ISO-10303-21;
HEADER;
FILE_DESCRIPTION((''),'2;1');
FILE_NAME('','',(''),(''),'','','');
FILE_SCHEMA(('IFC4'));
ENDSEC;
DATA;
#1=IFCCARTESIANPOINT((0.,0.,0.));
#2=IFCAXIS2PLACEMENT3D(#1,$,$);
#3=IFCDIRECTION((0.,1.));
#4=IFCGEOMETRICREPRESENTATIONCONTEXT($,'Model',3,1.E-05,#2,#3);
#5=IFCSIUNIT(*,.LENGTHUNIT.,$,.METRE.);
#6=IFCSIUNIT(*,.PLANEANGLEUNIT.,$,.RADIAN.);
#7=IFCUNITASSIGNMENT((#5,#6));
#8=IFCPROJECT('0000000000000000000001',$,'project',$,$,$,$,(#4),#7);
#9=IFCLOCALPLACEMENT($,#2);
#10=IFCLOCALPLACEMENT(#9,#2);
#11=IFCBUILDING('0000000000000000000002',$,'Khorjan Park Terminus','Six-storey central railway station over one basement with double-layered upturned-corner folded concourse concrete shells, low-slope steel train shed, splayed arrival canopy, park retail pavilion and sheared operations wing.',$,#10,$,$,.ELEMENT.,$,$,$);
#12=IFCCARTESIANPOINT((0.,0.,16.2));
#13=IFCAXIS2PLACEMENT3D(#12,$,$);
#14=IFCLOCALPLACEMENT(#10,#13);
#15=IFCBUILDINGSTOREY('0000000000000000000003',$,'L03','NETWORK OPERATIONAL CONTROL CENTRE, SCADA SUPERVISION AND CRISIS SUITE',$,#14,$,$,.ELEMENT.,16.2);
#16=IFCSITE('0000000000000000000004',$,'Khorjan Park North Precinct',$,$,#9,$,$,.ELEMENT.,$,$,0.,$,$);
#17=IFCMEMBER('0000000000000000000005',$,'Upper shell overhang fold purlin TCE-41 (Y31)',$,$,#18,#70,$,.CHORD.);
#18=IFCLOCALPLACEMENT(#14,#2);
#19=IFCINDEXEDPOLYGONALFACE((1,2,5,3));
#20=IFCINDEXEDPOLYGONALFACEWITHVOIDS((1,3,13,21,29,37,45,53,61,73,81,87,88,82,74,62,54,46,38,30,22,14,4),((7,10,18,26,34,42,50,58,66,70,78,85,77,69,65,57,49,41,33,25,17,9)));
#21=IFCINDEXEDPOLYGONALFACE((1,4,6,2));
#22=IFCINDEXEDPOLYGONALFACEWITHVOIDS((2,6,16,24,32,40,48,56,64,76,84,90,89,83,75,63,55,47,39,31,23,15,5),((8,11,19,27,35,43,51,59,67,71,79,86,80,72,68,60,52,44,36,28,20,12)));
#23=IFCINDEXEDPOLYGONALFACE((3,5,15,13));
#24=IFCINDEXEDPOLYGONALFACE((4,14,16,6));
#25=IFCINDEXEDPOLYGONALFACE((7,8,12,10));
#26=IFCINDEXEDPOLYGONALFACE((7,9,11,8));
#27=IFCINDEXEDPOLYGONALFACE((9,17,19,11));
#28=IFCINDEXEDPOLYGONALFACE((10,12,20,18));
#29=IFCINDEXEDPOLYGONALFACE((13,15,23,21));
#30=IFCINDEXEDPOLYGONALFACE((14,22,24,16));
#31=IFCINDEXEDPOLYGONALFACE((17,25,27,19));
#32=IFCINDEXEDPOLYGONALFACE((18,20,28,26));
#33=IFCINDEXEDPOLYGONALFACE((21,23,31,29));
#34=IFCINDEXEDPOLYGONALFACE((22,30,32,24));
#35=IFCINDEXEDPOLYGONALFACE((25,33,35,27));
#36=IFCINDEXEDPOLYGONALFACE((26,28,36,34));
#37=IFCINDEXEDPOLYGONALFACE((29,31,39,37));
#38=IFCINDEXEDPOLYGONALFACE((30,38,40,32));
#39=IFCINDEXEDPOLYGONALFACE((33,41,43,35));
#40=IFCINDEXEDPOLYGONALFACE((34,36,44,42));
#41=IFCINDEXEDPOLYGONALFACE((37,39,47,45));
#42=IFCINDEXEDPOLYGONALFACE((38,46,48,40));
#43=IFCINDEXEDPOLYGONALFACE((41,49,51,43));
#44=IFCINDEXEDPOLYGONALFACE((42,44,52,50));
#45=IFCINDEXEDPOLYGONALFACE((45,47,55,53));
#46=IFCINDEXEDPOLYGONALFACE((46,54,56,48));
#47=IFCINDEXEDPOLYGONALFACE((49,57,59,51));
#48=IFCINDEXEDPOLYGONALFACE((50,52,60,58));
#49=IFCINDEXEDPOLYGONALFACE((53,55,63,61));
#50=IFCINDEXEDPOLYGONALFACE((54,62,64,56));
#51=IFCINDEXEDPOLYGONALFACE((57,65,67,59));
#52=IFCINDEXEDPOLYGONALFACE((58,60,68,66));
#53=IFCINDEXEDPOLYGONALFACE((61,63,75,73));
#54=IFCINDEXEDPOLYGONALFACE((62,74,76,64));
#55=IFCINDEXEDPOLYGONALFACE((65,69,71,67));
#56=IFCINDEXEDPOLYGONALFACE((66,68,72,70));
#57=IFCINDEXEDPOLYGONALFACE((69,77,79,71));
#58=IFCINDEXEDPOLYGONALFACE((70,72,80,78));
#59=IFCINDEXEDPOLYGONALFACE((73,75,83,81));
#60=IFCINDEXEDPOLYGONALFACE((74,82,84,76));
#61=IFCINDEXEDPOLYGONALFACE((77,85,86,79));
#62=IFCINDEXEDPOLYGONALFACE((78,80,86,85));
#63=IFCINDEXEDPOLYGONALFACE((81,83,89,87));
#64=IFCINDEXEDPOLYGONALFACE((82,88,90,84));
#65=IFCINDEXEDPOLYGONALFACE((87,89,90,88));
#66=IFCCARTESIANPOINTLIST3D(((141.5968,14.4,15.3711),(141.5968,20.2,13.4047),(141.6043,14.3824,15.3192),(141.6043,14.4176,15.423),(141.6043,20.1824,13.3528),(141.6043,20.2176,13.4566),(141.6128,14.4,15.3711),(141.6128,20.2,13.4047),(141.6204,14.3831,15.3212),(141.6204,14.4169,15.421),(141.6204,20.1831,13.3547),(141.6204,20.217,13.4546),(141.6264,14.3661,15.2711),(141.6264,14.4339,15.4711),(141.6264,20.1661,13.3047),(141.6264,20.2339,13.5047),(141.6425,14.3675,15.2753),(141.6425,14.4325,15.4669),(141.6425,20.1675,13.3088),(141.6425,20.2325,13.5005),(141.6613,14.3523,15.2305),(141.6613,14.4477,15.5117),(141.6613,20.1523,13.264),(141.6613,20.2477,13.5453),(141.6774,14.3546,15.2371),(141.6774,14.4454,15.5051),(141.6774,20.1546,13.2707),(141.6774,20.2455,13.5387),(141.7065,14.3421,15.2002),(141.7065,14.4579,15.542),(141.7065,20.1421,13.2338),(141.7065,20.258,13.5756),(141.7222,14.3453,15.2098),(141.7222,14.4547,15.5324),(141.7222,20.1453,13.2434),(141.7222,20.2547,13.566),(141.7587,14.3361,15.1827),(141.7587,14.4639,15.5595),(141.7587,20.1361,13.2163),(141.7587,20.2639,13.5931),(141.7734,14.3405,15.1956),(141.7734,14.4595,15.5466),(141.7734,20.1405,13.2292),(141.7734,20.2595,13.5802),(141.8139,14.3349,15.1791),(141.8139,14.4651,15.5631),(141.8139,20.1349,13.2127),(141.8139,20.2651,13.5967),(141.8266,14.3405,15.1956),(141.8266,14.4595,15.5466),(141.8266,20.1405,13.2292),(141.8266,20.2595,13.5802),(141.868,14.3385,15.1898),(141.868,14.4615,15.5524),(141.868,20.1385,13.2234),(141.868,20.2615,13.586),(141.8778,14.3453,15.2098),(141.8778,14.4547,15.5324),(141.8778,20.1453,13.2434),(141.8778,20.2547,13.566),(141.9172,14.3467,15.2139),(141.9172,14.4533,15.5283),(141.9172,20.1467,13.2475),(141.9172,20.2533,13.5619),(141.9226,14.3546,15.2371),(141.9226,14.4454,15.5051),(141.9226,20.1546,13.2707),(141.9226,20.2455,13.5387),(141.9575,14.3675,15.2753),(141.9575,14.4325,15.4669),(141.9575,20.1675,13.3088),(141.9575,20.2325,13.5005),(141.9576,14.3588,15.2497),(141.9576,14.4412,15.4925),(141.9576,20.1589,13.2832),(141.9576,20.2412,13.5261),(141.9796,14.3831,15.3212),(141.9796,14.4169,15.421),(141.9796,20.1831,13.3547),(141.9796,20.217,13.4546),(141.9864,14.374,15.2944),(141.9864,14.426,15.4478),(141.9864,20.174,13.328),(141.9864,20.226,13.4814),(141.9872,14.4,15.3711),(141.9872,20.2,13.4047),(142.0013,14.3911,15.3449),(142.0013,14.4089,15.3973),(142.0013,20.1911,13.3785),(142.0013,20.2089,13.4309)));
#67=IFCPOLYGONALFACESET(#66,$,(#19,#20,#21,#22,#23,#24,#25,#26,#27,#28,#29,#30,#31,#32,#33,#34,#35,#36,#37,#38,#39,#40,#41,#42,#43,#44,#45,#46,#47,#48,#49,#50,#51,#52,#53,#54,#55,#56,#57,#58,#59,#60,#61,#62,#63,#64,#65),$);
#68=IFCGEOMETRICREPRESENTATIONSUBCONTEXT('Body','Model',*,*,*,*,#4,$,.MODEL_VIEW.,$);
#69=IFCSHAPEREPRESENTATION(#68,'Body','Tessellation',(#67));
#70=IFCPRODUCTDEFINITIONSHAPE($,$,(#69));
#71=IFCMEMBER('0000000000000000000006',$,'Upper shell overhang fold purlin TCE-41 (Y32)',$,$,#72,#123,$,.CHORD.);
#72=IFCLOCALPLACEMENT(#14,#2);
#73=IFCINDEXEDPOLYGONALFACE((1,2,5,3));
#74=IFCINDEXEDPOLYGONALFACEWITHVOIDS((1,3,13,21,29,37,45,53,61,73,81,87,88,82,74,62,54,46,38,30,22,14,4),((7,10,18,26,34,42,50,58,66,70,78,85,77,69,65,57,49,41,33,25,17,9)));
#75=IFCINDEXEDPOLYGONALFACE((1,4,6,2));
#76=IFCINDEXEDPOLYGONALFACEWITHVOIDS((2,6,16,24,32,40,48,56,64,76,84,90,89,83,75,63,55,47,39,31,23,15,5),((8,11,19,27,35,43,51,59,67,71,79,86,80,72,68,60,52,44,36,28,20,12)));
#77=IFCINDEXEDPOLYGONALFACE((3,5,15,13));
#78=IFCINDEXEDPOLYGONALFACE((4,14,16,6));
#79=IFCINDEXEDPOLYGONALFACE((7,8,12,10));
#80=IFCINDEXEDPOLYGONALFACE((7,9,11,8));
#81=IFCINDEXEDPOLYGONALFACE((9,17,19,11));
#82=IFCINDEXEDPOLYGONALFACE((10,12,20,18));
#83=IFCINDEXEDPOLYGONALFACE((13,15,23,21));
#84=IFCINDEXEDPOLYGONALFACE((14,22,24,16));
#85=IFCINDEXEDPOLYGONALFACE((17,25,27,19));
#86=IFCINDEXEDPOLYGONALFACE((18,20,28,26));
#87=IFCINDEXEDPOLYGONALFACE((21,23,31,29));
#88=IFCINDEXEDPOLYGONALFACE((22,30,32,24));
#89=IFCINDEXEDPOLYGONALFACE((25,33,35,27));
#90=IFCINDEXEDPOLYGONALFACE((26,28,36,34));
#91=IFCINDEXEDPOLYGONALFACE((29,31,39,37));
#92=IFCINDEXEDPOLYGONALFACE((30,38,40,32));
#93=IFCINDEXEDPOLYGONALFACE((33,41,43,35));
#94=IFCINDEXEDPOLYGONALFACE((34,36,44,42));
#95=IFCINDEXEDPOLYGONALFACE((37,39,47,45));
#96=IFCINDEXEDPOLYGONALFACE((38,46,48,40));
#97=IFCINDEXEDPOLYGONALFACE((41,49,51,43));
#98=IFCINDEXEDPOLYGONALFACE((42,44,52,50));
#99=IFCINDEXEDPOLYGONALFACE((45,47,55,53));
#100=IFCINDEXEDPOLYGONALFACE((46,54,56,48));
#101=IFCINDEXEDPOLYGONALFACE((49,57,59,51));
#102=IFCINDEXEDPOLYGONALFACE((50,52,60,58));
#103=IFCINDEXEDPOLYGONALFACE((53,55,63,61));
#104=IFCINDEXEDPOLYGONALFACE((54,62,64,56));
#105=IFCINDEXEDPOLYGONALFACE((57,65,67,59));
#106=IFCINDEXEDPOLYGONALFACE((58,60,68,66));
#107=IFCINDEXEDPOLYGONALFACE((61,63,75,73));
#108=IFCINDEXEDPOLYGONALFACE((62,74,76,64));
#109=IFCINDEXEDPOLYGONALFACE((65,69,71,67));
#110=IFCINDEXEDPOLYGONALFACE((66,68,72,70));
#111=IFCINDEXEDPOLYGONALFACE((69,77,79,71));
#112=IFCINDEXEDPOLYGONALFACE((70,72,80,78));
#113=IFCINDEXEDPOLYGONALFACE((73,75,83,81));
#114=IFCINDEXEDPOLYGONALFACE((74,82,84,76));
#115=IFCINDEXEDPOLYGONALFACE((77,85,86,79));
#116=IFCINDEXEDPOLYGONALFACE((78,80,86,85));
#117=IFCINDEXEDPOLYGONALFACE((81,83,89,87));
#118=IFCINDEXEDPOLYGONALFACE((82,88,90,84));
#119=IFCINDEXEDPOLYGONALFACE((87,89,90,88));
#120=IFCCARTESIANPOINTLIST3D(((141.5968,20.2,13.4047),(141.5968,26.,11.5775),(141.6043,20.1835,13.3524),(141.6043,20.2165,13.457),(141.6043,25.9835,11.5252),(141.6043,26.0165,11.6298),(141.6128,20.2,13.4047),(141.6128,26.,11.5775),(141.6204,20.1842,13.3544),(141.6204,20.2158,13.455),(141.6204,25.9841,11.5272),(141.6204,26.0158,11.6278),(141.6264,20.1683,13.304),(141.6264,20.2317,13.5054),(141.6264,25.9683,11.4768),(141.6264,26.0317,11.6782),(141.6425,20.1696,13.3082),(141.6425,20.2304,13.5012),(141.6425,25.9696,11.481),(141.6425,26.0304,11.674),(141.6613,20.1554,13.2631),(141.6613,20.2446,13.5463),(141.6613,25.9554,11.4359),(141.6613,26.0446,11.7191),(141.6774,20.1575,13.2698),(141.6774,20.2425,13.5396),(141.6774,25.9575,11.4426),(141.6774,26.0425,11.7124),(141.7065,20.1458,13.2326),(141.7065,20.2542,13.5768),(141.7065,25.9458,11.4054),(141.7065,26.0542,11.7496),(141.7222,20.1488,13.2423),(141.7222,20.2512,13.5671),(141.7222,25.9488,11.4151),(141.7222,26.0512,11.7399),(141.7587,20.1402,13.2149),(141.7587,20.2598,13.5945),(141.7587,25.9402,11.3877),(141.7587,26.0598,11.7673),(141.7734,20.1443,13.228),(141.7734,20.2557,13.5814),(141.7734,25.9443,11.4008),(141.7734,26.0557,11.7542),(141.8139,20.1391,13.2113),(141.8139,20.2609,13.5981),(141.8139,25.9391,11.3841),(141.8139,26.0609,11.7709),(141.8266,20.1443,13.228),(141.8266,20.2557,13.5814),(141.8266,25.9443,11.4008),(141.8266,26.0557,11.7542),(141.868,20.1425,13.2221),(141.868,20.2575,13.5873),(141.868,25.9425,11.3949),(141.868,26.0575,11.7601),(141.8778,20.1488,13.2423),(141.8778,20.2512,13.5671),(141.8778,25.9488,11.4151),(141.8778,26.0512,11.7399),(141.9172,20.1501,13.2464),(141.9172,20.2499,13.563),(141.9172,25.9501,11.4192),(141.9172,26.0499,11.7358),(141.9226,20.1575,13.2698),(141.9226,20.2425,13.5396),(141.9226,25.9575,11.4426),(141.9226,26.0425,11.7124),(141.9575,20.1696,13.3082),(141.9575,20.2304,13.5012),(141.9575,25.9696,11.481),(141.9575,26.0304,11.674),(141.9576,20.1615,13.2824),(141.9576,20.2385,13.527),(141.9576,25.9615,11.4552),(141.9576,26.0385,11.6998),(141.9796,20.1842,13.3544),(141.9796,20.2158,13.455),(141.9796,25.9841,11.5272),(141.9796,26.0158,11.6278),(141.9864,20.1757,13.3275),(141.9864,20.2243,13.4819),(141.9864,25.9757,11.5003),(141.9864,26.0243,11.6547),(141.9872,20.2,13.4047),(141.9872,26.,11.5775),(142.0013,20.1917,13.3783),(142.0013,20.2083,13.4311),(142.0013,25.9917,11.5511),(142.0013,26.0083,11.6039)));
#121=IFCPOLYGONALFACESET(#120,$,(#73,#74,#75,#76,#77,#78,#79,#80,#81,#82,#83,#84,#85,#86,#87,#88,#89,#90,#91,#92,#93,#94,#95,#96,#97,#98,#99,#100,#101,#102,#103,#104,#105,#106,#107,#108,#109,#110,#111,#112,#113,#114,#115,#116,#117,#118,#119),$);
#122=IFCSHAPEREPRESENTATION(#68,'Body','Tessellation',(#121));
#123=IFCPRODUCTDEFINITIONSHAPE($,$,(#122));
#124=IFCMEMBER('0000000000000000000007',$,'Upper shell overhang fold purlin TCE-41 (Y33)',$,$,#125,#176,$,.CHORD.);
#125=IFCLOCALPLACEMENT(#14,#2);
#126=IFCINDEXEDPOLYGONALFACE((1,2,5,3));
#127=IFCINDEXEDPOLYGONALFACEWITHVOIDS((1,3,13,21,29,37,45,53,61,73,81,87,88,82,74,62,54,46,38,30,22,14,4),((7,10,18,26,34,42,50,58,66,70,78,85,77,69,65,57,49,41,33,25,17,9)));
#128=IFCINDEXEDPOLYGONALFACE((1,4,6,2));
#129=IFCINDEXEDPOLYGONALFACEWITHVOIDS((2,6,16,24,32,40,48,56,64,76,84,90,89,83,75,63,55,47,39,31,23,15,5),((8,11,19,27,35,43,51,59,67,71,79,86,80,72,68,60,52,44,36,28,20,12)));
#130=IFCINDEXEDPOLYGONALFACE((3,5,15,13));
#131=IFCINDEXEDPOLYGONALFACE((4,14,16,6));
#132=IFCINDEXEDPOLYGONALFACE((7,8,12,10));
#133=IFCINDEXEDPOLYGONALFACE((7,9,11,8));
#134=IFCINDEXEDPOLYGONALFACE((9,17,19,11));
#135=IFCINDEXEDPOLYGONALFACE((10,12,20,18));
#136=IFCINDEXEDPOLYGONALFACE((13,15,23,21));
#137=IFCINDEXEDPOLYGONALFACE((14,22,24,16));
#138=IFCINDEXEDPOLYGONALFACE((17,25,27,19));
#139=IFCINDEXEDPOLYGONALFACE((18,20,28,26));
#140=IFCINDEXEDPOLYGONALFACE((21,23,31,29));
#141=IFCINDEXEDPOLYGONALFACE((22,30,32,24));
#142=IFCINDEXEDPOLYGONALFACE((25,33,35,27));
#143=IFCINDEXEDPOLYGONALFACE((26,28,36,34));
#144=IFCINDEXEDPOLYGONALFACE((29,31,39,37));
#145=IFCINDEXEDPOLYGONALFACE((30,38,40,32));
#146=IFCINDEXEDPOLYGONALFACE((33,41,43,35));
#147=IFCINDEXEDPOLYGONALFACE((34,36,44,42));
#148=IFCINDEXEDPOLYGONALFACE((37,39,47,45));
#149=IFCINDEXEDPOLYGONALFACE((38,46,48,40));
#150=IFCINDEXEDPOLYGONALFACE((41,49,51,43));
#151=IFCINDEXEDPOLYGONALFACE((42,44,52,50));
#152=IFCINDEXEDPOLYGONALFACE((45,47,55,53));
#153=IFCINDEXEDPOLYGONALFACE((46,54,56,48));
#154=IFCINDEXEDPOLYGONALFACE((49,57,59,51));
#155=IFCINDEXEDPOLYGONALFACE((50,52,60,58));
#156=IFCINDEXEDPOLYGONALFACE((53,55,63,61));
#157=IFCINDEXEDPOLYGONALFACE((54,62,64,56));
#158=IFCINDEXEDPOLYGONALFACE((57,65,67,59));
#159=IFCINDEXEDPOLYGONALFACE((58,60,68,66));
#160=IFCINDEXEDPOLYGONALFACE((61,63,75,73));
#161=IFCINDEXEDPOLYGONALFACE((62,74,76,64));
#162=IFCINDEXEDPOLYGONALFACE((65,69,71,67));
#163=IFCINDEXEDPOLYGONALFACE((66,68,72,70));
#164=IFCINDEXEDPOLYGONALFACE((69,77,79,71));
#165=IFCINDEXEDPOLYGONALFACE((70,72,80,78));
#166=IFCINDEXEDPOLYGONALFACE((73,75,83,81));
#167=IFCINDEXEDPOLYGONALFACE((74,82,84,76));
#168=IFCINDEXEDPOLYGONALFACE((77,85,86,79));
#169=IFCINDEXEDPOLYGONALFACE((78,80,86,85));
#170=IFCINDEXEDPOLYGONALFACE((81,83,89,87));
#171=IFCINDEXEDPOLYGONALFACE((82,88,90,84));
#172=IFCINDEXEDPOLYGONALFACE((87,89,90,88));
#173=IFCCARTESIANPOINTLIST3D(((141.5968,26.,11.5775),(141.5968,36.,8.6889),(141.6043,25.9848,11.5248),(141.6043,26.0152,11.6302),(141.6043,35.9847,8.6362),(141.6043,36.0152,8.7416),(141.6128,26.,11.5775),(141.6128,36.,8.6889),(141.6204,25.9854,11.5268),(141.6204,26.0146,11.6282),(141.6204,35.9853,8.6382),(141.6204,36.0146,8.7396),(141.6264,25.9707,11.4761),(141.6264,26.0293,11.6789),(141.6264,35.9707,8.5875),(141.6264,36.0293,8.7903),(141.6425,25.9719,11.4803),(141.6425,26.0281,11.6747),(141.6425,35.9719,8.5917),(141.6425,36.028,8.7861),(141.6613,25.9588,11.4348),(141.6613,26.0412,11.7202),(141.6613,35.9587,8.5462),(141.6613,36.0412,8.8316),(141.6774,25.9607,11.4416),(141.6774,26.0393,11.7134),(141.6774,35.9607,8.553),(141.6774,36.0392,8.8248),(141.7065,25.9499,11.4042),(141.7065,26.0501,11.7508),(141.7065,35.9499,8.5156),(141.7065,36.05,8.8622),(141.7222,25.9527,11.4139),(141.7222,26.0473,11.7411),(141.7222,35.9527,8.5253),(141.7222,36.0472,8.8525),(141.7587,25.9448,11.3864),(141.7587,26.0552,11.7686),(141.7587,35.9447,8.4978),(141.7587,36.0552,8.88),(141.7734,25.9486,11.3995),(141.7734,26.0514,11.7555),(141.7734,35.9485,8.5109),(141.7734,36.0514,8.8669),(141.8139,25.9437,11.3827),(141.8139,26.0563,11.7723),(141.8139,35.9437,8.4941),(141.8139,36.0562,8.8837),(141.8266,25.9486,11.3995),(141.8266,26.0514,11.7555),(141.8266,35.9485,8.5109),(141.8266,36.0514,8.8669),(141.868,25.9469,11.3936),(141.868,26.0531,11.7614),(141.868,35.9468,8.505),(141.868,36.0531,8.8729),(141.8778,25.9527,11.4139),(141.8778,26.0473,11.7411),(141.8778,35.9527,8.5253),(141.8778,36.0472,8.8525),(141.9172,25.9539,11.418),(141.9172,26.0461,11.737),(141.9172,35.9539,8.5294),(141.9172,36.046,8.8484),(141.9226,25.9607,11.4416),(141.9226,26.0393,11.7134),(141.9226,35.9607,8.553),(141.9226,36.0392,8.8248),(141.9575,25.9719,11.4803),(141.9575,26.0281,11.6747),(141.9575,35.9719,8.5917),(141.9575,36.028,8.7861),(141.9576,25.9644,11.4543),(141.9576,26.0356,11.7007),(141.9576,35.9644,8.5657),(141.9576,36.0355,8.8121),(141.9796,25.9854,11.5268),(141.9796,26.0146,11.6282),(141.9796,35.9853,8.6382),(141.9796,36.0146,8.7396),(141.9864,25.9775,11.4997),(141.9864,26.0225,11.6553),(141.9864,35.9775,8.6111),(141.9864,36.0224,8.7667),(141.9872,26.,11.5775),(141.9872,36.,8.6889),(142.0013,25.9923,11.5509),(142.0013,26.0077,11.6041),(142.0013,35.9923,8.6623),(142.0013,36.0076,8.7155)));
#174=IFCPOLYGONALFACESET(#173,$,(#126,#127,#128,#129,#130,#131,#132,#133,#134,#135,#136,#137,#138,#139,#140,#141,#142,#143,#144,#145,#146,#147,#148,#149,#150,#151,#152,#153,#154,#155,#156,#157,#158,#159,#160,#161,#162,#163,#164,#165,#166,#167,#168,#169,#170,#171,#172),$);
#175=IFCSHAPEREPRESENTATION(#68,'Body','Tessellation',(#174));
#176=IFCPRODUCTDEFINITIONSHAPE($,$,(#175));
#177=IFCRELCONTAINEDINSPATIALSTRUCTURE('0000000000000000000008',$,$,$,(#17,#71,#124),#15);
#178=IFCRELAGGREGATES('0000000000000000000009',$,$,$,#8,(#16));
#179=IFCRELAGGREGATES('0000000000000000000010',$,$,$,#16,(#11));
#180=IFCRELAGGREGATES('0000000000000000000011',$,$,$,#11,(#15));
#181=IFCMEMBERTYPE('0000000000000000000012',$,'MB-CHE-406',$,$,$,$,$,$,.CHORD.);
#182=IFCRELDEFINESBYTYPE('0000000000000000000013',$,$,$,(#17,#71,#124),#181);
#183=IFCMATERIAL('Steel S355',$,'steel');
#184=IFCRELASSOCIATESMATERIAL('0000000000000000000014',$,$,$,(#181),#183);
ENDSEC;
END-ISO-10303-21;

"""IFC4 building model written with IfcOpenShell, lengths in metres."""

from ifc_helpers import new_model, si_unit, direction, frame, origin, origin_2d, place, context, subcontext, project, spatial, hollow_circle, extrude, material, material_profile, profile_set, type_object, element, save


model = new_model("IFC4")

# Units and contexts
model_context = context("Model", 3, precision=1e-05, world=origin(), true_north=direction((0.0, 1.0)))
body_context = subcontext(model_context, "Body", "Model", "MODEL_VIEW")
ifc_project = project(units=[si_unit("LENGTHUNIT", "METRE"), si_unit("PLANEANGLEUNIT", "RADIAN")], contexts=[model_context])

# Site, building, storey
site_placement = place(None, origin())
site = spatial("IfcSite", under=ifc_project, at=site_placement, Name="Khorjan Park North Precinct", CompositionType="ELEMENT", RefElevation=0.0)
building_placement = place(site_placement, origin())
building = spatial("IfcBuilding", under=site, at=building_placement, Name="Khorjan Park Terminus", Description="Six-storey central railway station over one basement with double-layered upturned-corner folded concourse concrete shells, low-slope steel train shed, splayed arrival canopy, park retail pavilion and sheared operations wing.", CompositionType="ELEMENT")
storey_placement = place(building_placement, frame((0.0, 0.0, 16.2)))
storey = spatial("IfcBuildingStorey", under=building, at=storey_placement, Name="L03", Description="NETWORK OPERATIONAL CONTROL CENTRE, SCADA SUPERVISION AND CRISIS SUITE", CompositionType="ELEMENT", Elevation=16.2)

# Members
ifc_material = material(Name="Steel S355", Category="steel")
ifc_material_profile_1 = material_profile(ifc_material, hollow_circle(Radius=0.2032, WallThickness=0.016, at=origin_2d()), Name="CHS 406.4x16")
ifc_profile_set_1 = profile_set([ifc_material_profile_1], Name="Steel S355")
member_type_1 = type_object("IfcMemberType", Name="MB-CHE-406", PredefinedType="CHORD", material=ifc_profile_set_1)
member_1_placement = place(storey_placement, frame((141.8, 14.4, 15.3711), z_axis=(0.0, 0.947051, -0.321083), x_axis=(-1.0, 0.0, 0.0)))
element("IfcMember", 1, at=member_1_placement, inside=storey, type_object=member_type_1, Name="Upper shell overhang fold purlin TCE-41 (Y31)", PredefinedType="CHORD", context=body_context, shape_type="SweptSolid", body=[
    extrude(hollow_circle(Radius=0.2032, WallThickness=0.016, at=origin_2d()), origin(), (0.0, 0.0, 1.0), 6.1243),
])
member_2_placement = place(storey_placement, frame((141.8, 20.2, 13.4047), z_axis=(0.0, 0.953789, -0.300476), x_axis=(-1.0, 0.0, 0.0)))
element("IfcMember", 2, at=member_2_placement, inside=storey, type_object=member_type_1, Name="Upper shell overhang fold purlin TCE-41 (Y32)", PredefinedType="CHORD", context=body_context, shape_type="SweptSolid", body=[
    extrude(hollow_circle(Radius=0.2032, WallThickness=0.016, at=origin_2d()), origin(), (0.0, 0.0, 1.0), 6.081),
])
member_3_placement = place(storey_placement, frame((141.8, 26.0, 11.5775), z_axis=(0.0, 0.960722, -0.277514), x_axis=(-1.0, 0.0, 0.0)))
element("IfcMember", 3, at=member_3_placement, inside=storey, type_object=member_type_1, Name="Upper shell overhang fold purlin TCE-41 (Y33)", PredefinedType="CHORD", context=body_context, shape_type="SweptSolid", body=[
    extrude(hollow_circle(Radius=0.2032, WallThickness=0.016, at=origin_2d()), origin(), (0.0, 0.0, 1.0), 10.4088),
])

save(model, "model.ifc")
